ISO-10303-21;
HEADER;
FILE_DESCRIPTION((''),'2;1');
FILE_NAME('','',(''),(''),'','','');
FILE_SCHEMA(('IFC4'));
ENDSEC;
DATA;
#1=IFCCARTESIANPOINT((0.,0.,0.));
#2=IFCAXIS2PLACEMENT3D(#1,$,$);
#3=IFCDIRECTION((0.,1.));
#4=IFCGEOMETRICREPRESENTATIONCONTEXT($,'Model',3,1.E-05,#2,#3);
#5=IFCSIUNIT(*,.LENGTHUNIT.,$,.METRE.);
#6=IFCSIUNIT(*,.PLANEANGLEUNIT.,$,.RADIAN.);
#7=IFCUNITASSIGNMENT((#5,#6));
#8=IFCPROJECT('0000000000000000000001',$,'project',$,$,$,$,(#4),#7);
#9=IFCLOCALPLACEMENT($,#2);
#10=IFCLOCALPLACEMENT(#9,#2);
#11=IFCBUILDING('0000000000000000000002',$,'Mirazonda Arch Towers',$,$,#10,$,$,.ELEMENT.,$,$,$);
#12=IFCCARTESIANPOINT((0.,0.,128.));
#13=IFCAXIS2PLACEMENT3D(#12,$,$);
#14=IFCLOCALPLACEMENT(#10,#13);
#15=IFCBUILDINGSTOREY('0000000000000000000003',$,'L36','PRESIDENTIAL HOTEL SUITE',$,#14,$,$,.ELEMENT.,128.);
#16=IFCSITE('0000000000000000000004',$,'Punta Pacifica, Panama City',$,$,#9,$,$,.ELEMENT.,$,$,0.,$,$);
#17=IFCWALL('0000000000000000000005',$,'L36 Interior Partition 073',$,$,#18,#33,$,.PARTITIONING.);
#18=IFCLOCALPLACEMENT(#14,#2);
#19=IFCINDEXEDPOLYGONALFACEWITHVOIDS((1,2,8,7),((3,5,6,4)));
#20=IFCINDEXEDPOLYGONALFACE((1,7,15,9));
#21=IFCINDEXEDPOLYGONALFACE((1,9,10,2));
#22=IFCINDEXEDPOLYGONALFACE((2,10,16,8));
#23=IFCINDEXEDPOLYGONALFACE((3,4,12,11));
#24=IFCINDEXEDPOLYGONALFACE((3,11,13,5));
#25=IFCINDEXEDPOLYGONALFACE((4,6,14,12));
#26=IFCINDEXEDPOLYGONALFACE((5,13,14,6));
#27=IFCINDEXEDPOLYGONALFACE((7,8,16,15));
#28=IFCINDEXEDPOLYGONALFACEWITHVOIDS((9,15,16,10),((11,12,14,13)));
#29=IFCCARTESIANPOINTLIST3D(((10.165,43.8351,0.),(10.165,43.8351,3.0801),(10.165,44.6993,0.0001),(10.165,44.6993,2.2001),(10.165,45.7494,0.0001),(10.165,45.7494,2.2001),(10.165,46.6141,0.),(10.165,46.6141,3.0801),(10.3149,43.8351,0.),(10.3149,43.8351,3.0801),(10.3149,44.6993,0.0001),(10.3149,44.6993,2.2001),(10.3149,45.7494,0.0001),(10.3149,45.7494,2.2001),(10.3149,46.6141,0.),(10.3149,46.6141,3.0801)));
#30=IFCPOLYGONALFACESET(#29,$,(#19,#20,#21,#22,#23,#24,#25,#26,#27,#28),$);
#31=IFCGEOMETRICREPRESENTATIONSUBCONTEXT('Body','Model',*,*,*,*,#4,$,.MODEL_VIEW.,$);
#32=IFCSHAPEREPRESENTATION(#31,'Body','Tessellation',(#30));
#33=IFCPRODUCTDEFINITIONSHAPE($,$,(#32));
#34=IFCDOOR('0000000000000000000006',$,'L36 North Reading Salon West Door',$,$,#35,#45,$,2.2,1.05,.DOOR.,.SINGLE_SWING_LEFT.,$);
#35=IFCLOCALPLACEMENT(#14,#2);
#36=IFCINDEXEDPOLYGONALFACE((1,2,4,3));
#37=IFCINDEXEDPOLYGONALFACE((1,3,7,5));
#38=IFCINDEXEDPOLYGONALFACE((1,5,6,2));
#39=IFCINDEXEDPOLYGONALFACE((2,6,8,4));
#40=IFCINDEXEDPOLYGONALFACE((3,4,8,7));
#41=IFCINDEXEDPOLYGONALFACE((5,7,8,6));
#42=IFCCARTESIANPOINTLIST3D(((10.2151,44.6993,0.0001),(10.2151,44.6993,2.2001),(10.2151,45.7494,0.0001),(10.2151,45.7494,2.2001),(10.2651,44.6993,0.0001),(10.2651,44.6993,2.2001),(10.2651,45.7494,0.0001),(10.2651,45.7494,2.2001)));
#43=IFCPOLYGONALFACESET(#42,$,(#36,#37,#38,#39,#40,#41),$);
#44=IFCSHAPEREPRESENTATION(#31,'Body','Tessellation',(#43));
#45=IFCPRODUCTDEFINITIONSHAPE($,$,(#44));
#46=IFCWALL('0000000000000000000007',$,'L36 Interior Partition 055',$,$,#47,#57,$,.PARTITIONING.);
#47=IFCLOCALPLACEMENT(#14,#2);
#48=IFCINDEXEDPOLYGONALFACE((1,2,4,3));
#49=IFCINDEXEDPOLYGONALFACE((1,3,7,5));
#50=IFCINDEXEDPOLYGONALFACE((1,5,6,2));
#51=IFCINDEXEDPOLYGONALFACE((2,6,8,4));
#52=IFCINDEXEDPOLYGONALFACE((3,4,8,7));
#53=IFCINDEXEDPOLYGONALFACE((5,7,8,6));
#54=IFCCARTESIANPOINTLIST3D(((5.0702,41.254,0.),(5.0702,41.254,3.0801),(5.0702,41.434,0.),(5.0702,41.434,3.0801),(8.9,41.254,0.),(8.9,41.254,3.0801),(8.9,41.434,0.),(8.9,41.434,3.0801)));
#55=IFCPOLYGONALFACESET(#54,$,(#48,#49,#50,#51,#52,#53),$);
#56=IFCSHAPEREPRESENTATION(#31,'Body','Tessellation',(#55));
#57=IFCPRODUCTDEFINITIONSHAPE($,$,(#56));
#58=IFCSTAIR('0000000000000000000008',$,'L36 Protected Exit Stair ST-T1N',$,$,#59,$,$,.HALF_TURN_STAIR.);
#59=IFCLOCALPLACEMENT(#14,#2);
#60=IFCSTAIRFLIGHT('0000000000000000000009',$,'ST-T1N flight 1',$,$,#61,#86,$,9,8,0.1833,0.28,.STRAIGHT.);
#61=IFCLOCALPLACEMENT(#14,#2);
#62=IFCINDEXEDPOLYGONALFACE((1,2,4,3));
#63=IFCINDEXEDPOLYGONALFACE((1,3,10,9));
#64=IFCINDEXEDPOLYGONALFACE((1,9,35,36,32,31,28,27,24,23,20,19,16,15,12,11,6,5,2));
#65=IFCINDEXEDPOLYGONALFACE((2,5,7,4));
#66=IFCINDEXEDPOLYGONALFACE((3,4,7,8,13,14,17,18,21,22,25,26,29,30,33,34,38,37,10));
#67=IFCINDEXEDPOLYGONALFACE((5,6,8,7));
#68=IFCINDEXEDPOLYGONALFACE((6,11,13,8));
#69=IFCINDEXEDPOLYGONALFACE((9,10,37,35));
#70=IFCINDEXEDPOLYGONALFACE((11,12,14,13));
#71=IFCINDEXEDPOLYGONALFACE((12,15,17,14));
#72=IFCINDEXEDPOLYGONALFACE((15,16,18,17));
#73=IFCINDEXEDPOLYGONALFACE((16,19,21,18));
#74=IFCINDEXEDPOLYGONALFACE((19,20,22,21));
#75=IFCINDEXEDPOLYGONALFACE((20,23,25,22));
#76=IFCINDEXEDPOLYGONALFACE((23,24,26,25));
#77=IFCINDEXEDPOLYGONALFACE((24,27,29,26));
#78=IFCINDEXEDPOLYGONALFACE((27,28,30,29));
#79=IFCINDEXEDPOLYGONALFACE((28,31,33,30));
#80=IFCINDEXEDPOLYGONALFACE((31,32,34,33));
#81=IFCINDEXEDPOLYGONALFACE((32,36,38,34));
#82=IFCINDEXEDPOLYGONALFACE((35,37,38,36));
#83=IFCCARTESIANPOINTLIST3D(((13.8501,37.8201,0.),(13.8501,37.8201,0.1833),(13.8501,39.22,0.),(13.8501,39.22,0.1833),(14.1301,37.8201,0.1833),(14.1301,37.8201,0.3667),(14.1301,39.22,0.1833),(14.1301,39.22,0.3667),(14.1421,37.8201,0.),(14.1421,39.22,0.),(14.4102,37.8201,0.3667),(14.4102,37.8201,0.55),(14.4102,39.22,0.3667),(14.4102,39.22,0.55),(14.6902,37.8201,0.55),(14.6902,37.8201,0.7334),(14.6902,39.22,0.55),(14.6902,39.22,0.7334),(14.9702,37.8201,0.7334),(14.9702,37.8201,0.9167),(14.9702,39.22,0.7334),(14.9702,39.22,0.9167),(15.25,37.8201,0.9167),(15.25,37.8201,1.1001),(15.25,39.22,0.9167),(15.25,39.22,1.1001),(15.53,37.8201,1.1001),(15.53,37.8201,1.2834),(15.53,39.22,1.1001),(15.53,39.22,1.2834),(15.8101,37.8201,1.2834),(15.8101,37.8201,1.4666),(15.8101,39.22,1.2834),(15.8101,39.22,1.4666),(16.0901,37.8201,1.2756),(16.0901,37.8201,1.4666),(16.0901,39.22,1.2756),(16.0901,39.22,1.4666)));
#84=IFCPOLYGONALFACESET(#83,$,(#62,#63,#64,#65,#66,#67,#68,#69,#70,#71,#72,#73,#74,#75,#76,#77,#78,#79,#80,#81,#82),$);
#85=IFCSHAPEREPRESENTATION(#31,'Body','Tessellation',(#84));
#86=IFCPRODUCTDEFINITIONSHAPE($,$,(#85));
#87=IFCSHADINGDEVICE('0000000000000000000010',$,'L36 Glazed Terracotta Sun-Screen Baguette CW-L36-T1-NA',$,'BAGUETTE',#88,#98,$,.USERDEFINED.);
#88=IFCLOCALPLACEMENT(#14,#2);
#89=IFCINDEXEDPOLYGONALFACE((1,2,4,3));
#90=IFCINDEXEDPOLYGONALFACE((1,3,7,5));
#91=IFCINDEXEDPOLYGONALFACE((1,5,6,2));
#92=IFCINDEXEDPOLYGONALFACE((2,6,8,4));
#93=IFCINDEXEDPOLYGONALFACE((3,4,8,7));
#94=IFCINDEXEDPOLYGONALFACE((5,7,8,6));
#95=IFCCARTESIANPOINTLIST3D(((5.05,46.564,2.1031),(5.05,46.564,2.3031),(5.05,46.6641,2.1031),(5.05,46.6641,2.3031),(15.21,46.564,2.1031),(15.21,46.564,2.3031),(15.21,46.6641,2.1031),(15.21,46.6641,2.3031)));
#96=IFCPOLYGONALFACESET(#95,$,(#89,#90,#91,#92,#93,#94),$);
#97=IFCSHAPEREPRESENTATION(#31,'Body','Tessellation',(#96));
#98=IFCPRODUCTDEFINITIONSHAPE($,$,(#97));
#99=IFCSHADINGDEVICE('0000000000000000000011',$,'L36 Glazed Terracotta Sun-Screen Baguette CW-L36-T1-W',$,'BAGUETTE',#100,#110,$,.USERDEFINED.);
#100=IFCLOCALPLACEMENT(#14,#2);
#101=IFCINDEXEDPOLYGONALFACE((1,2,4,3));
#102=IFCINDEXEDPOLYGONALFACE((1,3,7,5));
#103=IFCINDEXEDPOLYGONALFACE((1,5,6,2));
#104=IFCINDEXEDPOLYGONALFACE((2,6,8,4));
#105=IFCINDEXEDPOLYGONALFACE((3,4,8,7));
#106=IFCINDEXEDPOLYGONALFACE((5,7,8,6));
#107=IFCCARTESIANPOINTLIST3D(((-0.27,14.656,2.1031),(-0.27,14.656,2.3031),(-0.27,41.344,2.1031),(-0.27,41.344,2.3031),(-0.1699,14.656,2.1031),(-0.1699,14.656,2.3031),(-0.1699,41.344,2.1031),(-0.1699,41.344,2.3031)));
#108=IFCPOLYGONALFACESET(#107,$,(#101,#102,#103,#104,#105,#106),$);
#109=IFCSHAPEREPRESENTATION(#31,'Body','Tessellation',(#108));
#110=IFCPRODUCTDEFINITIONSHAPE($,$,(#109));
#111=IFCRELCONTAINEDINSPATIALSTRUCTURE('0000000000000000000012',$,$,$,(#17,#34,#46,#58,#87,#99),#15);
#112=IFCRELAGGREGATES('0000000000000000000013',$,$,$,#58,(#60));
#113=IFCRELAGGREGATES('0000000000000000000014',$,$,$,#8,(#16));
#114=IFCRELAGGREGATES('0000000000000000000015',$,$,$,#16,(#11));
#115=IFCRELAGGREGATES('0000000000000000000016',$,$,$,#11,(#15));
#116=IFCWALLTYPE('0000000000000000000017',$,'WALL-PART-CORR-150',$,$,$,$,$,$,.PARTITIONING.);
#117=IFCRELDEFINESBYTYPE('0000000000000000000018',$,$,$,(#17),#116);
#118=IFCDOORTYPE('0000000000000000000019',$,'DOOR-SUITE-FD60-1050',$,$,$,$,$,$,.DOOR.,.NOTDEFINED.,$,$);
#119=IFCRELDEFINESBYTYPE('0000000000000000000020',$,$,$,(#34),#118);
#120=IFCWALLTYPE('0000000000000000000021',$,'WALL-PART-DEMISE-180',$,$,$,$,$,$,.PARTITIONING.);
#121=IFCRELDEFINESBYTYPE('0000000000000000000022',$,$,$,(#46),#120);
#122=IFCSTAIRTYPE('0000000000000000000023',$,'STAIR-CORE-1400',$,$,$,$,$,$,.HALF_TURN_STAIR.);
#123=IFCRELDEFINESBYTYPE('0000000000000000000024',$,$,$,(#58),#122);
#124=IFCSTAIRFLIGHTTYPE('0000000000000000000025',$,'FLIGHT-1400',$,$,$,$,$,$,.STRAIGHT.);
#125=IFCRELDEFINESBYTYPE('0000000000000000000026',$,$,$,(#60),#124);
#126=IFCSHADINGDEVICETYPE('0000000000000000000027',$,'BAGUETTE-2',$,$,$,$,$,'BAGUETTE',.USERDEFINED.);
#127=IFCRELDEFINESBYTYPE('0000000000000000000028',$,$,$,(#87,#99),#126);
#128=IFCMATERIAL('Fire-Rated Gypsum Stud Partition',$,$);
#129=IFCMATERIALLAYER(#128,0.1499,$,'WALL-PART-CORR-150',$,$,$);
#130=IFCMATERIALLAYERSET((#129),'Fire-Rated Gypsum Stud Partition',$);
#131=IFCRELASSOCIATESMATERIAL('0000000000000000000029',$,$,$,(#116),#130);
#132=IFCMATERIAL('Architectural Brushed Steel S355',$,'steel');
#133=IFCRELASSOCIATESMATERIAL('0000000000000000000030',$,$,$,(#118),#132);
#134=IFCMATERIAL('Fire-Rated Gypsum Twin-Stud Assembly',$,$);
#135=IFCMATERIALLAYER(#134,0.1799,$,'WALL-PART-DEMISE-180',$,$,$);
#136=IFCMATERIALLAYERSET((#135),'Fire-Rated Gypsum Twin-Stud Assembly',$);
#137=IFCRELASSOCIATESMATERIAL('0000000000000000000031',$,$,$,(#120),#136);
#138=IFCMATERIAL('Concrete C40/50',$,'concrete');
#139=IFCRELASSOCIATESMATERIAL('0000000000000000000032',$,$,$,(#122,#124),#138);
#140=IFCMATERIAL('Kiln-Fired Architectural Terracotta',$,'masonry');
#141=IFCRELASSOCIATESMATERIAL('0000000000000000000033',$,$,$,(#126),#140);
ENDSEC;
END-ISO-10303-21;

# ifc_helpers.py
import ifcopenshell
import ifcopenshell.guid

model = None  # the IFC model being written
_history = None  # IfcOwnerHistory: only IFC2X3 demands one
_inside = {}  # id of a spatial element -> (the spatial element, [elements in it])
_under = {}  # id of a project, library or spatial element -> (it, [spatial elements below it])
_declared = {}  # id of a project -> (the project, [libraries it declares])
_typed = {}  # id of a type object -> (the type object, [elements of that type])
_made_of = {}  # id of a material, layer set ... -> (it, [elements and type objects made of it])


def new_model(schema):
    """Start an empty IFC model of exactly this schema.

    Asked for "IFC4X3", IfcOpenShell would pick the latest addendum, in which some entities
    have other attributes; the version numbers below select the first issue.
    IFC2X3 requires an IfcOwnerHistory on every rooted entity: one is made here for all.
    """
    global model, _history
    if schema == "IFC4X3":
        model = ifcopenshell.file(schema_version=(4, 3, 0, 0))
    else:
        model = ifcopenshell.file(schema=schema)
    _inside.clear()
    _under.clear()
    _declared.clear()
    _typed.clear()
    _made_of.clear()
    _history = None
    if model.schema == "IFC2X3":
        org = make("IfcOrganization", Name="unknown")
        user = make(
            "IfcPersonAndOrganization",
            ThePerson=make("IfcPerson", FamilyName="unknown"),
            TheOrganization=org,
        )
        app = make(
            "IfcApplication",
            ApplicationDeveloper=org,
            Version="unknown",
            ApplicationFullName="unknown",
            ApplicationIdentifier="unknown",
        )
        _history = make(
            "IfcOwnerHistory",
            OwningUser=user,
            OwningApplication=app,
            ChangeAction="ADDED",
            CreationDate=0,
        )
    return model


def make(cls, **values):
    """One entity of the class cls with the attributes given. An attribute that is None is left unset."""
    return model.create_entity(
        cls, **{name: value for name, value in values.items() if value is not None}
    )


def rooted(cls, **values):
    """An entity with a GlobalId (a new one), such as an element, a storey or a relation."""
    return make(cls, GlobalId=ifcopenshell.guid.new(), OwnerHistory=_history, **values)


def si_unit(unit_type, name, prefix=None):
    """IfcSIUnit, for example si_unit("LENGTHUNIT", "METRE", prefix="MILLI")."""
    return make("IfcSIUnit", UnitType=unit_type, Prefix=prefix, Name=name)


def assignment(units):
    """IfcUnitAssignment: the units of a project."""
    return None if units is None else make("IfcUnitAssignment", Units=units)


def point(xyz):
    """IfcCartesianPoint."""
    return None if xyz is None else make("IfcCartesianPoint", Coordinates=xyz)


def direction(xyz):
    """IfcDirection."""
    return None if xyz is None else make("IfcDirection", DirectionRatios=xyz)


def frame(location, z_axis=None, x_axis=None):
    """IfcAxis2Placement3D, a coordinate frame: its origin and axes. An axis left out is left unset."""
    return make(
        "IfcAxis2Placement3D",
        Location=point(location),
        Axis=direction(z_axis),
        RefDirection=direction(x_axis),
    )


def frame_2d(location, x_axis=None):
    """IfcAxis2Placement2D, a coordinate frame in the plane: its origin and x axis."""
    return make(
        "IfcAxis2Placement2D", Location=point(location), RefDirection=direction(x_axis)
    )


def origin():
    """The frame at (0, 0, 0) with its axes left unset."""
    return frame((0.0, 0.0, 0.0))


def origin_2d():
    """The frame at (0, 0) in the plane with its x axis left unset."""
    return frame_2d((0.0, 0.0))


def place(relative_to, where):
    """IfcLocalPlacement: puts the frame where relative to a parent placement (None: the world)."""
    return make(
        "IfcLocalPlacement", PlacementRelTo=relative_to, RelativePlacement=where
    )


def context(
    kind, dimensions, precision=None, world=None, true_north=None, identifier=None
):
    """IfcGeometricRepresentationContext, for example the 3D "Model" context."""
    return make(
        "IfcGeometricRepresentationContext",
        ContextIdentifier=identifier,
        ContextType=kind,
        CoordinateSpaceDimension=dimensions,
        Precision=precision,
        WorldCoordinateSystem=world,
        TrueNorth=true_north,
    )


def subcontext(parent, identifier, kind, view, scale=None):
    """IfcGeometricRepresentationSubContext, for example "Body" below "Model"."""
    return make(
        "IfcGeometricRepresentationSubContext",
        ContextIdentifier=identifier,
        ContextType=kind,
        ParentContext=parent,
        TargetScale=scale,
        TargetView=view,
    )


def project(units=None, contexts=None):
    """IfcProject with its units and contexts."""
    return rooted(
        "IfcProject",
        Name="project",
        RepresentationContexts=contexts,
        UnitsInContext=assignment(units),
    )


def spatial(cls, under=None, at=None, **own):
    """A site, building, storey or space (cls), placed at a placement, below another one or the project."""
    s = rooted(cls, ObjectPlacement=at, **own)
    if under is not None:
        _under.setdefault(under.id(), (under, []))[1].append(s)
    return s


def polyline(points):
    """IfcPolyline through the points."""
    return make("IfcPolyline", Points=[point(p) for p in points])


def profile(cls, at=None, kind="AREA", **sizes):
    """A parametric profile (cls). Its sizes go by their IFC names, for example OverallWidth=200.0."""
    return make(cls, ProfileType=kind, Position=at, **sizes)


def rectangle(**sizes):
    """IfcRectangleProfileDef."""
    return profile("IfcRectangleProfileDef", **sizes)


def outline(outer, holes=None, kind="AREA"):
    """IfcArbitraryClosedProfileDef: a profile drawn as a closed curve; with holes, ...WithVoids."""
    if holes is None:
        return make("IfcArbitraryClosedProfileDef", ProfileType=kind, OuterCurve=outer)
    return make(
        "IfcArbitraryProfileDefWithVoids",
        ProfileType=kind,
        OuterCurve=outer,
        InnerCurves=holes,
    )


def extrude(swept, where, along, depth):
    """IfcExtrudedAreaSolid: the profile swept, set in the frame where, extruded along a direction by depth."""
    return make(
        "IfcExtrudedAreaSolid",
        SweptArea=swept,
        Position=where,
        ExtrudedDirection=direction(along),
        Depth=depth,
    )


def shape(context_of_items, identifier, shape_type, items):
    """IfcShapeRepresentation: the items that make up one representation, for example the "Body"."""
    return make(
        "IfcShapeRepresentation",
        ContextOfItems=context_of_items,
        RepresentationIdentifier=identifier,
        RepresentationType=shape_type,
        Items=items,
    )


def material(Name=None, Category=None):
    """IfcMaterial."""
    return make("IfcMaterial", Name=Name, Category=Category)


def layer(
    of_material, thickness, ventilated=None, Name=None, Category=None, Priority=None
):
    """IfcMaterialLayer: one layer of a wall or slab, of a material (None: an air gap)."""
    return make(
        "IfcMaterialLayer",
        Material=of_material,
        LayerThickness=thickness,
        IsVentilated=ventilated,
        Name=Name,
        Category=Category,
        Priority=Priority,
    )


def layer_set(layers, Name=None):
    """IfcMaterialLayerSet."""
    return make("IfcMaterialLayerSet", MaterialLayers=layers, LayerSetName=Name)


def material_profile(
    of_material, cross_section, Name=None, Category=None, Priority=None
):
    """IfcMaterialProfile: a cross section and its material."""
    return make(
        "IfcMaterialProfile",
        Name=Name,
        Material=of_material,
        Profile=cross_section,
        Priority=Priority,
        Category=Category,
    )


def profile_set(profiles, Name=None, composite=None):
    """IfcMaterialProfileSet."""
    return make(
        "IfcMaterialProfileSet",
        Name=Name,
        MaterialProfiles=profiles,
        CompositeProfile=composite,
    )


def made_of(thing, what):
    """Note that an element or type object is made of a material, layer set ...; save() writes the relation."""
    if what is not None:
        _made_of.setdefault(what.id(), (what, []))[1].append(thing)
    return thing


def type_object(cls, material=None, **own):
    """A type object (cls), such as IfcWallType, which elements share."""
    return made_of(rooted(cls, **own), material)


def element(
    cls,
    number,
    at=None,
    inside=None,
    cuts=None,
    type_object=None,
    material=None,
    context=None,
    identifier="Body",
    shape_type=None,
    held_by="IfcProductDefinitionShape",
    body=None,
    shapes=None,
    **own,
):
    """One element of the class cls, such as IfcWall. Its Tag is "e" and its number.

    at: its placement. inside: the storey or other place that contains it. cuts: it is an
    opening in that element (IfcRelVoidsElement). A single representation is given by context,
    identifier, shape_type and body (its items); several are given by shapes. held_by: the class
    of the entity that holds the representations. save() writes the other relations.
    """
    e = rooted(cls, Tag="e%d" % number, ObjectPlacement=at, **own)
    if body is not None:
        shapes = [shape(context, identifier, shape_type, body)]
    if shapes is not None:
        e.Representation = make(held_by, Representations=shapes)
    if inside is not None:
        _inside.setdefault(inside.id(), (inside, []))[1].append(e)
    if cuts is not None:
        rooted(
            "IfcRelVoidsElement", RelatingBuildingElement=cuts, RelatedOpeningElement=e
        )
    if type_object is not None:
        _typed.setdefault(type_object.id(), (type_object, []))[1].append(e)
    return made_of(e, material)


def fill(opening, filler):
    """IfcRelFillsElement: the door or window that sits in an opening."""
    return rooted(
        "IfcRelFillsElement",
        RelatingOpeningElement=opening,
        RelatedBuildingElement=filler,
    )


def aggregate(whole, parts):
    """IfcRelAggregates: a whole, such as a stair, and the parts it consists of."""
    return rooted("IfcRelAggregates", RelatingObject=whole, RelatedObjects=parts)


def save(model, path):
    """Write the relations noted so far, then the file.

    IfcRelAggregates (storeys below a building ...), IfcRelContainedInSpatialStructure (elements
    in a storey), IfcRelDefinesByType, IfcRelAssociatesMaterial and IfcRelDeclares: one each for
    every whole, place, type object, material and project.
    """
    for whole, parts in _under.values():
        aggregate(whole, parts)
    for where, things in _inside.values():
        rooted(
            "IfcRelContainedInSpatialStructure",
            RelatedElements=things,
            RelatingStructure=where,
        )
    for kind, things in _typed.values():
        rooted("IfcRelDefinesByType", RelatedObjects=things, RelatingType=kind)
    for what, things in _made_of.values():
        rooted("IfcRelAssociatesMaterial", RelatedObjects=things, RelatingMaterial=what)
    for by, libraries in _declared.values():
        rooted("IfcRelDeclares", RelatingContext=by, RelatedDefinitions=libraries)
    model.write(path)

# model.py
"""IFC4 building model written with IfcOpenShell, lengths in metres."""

from ifc_helpers import new_model, si_unit, direction, frame, frame_2d, origin, origin_2d, place, context, subcontext, project, spatial, polyline, rectangle, outline, extrude, material, layer, layer_set, material_profile, profile_set, type_object, element, fill, aggregate, save


model = new_model("IFC4")

# Units and contexts
model_context = context("Model", 3, precision=1e-05, world=origin(), true_north=direction((0.0, 1.0)))
body_context = subcontext(model_context, "Body", "Model", "MODEL_VIEW")
ifc_project = project(units=[si_unit("LENGTHUNIT", "METRE"), si_unit("PLANEANGLEUNIT", "RADIAN")], contexts=[model_context])

# Site, building, storey
site_placement = place(None, origin())
site = spatial("IfcSite", under=ifc_project, at=site_placement, Name="Punta Pacifica, Panama City", CompositionType="ELEMENT", RefElevation=0.0)
building_placement = place(site_placement, origin())
building = spatial("IfcBuilding", under=site, at=building_placement, Name="Mirazonda Arch Towers", CompositionType="ELEMENT")
storey_placement = place(building_placement, frame((0.0, 0.0, 128.0)))
storey = spatial("IfcBuildingStorey", under=building, at=storey_placement, Name="L36", Description="PRESIDENTIAL HOTEL SUITE", CompositionType="ELEMENT", Elevation=128.0)

# Shared definitions
ifc_material_1 = material(Name="Fire-Rated Gypsum Stud Partition")
ifc_layer_1 = layer(ifc_material_1, 0.1499, Name="WALL-PART-CORR-150")
ifc_layer_set_1 = layer_set([ifc_layer_1], Name="Fire-Rated Gypsum Stud Partition")
wall_type_1 = type_object("IfcWallType", Name="WALL-PART-CORR-150", PredefinedType="PARTITIONING", material=ifc_layer_set_1)

# Wall, opening, door
wall_1_placement = place(storey_placement, frame((10.24, 43.835, 0.0), z_axis=(0.0, 0.0, 1.0), x_axis=(0.0, 1.0, 0.0)))
wall_1 = element("IfcWall", 1, at=wall_1_placement, inside=storey, type_object=wall_type_1, Name="L36 Interior Partition 073", PredefinedType="PARTITIONING", context=body_context, shape_type="SweptSolid", body=[
    extrude(rectangle(XDim=2.7791, YDim=0.1499, at=frame_2d((1.3896, 0.0))), origin(), (0.0, 0.0, 1.0), 3.0801),
])
opening_1_placement = place(wall_1_placement, frame((0.8645, 0.0, 0.0)))
opening_1 = element("IfcOpeningElement", 2, at=opening_1_placement, cuts=wall_1, PredefinedType="OPENING", context=body_context, shape_type="SweptSolid", body=[
    extrude(rectangle(XDim=1.05, YDim=2.2, at=frame_2d((0.5249, 1.1001))), frame((0.0, 0.085, 0.0), z_axis=(0.0, -1.0, 0.0), x_axis=(1.0, 0.0, 0.0)), (0.0, 0.0, 1.0), 0.1699),
])
ifc_material_2 = material(Name="Architectural Brushed Steel S355", Category="steel")
door_type_1 = type_object("IfcDoorType", Name="DOOR-SUITE-FD60-1050", OperationType="NOTDEFINED", PredefinedType="DOOR", material=ifc_material_2)
door_1_placement = place(opening_1_placement, origin())
door_1 = element("IfcDoor", 3, at=door_1_placement, inside=storey, type_object=door_type_1, Name="L36 North Reading Salon West Door", OperationType="SINGLE_SWING_LEFT", OverallHeight=2.2, OverallWidth=1.05, PredefinedType="DOOR", context=body_context, shape_type="SweptSolid", body=[
    extrude(rectangle(XDim=1.05, YDim=2.2, at=frame_2d((0.5249, 1.1001))), frame((0.0, 0.0249, 0.0), z_axis=(0.0, -1.0, 0.0), x_axis=(1.0, 0.0, 0.0)), (0.0, 0.0, 1.0), 0.05),
])
fill(opening_1, door_1)

# Wall
ifc_material_3 = material(Name="Fire-Rated Gypsum Twin-Stud Assembly")
ifc_layer_2 = layer(ifc_material_3, 0.1799, Name="WALL-PART-DEMISE-180")
ifc_layer_set_2 = layer_set([ifc_layer_2], Name="Fire-Rated Gypsum Twin-Stud Assembly")
wall_type_2 = type_object("IfcWallType", Name="WALL-PART-DEMISE-180", PredefinedType="PARTITIONING", material=ifc_layer_set_2)
wall_2_placement = place(storey_placement, frame((5.0701, 41.344, 0.0), z_axis=(0.0, 0.0, 1.0), x_axis=(1.0, 0.0, 0.0)))
element("IfcWall", 4, at=wall_2_placement, inside=storey, type_object=wall_type_2, Name="L36 Interior Partition 055", PredefinedType="PARTITIONING", context=body_context, shape_type="SweptSolid", body=[
    extrude(rectangle(XDim=3.8298, YDim=0.1799, at=frame_2d((1.915, 0.0))), origin(), (0.0, 0.0, 1.0), 3.0801),
])

# Stair, stair flight
ifc_material_4 = material(Name="Concrete C40/50", Category="concrete")
stair_type = type_object("IfcStairType", Name="STAIR-CORE-1400", PredefinedType="HALF_TURN_STAIR", material=ifc_material_4)
stair_placement = place(storey_placement, origin())
stair = element("IfcStair", 5, at=stair_placement, inside=storey, type_object=stair_type, Name="L36 Protected Exit Stair ST-T1N", PredefinedType="HALF_TURN_STAIR")
stair_flight_type = type_object("IfcStairFlightType", Name="FLIGHT-1400", PredefinedType="STRAIGHT", material=ifc_material_4)
stair_flight_placement = place(storey_placement, frame((13.8501, 38.52, 0.0), z_axis=(0.0, 0.0, 1.0), x_axis=(1.0, 0.0, 0.0)))
stair_flight = element("IfcStairFlight", 6, at=stair_flight_placement, type_object=stair_flight_type, Name="ST-T1N flight 1", NumberOfRisers=9, NumberOfTreads=8, PredefinedType="STRAIGHT", RiserHeight=0.1833, TreadLength=0.28, context=body_context, shape_type="SweptSolid", body=[
    extrude(outline(polyline([(0.0, 0.0), (0.0, 0.1833), (0.28, 0.1833), (0.28, 0.3667), (0.5601, 0.3667), (0.5601, 0.55), (0.8401, 0.55), (0.8401, 0.7334), (1.1201, 0.7334), (1.1201, 0.9167), (1.3999, 0.9167), (1.3999, 1.1001), (1.6799, 1.1001), (1.6799, 1.2834), (1.96, 1.2834), (1.96, 1.4666), (2.24, 1.4666), (2.24, 1.6499), (2.24, 1.2756), (0.292, 0.0), (0.0, 0.0)])), frame((0.0, 0.7, 0.0), z_axis=(0.0, -1.0, 0.0), x_axis=(1.0, 0.0, 0.0)), (0.0, 0.0, 1.0), 1.3999),
])
aggregate(stair, [stair_flight])

# Shading devices
ifc_material_5 = material(Name="Kiln-Fired Architectural Terracotta", Category="masonry")
ifc_material_profile_1 = material_profile(ifc_material_5, rectangle(XDim=0.1001, YDim=0.2, at=origin_2d()), Name="TERRA-BAG-100x200")
ifc_profile_set_1 = profile_set([ifc_material_profile_1], Name="Kiln-Fired Architectural Terracotta")
shading_device_type = type_object("IfcShadingDeviceType", Name="BAGUETTE-2", ElementType="BAGUETTE", PredefinedType="USERDEFINED", material=ifc_profile_set_1)
shading_device_1_placement = place(storey_placement, frame((5.05, 46.614, 2.2031), z_axis=(1.0, 0.0, 0.0), x_axis=(0.0, 1.0, 0.0)))
element("IfcShadingDevice", 7, at=shading_device_1_placement, inside=storey, type_object=shading_device_type, Name="L36 Glazed Terracotta Sun-Screen Baguette CW-L36-T1-NA", ObjectType="BAGUETTE", PredefinedType="USERDEFINED", context=body_context, shape_type="SweptSolid", body=[
    extrude(rectangle(XDim=0.1001, YDim=0.2, at=origin_2d()), origin(), (0.0, 0.0, 1.0), 10.1599),
])
shading_device_2_placement = place(storey_placement, frame((-0.22, 41.344, 2.2031), z_axis=(0.0, -1.0, 0.0), x_axis=(1.0, 0.0, 0.0)))
element("IfcShadingDevice", 8, at=shading_device_2_placement, inside=storey, type_object=shading_device_type, Name="L36 Glazed Terracotta Sun-Screen Baguette CW-L36-T1-W", ObjectType="BAGUETTE", PredefinedType="USERDEFINED", context=body_context, shape_type="SweptSolid", body=[
    extrude(rectangle(XDim=0.1001, YDim=0.2, at=origin_2d()), origin(), (0.0, 0.0, 1.0), 26.688),
])

save(model, "model.ifc")
